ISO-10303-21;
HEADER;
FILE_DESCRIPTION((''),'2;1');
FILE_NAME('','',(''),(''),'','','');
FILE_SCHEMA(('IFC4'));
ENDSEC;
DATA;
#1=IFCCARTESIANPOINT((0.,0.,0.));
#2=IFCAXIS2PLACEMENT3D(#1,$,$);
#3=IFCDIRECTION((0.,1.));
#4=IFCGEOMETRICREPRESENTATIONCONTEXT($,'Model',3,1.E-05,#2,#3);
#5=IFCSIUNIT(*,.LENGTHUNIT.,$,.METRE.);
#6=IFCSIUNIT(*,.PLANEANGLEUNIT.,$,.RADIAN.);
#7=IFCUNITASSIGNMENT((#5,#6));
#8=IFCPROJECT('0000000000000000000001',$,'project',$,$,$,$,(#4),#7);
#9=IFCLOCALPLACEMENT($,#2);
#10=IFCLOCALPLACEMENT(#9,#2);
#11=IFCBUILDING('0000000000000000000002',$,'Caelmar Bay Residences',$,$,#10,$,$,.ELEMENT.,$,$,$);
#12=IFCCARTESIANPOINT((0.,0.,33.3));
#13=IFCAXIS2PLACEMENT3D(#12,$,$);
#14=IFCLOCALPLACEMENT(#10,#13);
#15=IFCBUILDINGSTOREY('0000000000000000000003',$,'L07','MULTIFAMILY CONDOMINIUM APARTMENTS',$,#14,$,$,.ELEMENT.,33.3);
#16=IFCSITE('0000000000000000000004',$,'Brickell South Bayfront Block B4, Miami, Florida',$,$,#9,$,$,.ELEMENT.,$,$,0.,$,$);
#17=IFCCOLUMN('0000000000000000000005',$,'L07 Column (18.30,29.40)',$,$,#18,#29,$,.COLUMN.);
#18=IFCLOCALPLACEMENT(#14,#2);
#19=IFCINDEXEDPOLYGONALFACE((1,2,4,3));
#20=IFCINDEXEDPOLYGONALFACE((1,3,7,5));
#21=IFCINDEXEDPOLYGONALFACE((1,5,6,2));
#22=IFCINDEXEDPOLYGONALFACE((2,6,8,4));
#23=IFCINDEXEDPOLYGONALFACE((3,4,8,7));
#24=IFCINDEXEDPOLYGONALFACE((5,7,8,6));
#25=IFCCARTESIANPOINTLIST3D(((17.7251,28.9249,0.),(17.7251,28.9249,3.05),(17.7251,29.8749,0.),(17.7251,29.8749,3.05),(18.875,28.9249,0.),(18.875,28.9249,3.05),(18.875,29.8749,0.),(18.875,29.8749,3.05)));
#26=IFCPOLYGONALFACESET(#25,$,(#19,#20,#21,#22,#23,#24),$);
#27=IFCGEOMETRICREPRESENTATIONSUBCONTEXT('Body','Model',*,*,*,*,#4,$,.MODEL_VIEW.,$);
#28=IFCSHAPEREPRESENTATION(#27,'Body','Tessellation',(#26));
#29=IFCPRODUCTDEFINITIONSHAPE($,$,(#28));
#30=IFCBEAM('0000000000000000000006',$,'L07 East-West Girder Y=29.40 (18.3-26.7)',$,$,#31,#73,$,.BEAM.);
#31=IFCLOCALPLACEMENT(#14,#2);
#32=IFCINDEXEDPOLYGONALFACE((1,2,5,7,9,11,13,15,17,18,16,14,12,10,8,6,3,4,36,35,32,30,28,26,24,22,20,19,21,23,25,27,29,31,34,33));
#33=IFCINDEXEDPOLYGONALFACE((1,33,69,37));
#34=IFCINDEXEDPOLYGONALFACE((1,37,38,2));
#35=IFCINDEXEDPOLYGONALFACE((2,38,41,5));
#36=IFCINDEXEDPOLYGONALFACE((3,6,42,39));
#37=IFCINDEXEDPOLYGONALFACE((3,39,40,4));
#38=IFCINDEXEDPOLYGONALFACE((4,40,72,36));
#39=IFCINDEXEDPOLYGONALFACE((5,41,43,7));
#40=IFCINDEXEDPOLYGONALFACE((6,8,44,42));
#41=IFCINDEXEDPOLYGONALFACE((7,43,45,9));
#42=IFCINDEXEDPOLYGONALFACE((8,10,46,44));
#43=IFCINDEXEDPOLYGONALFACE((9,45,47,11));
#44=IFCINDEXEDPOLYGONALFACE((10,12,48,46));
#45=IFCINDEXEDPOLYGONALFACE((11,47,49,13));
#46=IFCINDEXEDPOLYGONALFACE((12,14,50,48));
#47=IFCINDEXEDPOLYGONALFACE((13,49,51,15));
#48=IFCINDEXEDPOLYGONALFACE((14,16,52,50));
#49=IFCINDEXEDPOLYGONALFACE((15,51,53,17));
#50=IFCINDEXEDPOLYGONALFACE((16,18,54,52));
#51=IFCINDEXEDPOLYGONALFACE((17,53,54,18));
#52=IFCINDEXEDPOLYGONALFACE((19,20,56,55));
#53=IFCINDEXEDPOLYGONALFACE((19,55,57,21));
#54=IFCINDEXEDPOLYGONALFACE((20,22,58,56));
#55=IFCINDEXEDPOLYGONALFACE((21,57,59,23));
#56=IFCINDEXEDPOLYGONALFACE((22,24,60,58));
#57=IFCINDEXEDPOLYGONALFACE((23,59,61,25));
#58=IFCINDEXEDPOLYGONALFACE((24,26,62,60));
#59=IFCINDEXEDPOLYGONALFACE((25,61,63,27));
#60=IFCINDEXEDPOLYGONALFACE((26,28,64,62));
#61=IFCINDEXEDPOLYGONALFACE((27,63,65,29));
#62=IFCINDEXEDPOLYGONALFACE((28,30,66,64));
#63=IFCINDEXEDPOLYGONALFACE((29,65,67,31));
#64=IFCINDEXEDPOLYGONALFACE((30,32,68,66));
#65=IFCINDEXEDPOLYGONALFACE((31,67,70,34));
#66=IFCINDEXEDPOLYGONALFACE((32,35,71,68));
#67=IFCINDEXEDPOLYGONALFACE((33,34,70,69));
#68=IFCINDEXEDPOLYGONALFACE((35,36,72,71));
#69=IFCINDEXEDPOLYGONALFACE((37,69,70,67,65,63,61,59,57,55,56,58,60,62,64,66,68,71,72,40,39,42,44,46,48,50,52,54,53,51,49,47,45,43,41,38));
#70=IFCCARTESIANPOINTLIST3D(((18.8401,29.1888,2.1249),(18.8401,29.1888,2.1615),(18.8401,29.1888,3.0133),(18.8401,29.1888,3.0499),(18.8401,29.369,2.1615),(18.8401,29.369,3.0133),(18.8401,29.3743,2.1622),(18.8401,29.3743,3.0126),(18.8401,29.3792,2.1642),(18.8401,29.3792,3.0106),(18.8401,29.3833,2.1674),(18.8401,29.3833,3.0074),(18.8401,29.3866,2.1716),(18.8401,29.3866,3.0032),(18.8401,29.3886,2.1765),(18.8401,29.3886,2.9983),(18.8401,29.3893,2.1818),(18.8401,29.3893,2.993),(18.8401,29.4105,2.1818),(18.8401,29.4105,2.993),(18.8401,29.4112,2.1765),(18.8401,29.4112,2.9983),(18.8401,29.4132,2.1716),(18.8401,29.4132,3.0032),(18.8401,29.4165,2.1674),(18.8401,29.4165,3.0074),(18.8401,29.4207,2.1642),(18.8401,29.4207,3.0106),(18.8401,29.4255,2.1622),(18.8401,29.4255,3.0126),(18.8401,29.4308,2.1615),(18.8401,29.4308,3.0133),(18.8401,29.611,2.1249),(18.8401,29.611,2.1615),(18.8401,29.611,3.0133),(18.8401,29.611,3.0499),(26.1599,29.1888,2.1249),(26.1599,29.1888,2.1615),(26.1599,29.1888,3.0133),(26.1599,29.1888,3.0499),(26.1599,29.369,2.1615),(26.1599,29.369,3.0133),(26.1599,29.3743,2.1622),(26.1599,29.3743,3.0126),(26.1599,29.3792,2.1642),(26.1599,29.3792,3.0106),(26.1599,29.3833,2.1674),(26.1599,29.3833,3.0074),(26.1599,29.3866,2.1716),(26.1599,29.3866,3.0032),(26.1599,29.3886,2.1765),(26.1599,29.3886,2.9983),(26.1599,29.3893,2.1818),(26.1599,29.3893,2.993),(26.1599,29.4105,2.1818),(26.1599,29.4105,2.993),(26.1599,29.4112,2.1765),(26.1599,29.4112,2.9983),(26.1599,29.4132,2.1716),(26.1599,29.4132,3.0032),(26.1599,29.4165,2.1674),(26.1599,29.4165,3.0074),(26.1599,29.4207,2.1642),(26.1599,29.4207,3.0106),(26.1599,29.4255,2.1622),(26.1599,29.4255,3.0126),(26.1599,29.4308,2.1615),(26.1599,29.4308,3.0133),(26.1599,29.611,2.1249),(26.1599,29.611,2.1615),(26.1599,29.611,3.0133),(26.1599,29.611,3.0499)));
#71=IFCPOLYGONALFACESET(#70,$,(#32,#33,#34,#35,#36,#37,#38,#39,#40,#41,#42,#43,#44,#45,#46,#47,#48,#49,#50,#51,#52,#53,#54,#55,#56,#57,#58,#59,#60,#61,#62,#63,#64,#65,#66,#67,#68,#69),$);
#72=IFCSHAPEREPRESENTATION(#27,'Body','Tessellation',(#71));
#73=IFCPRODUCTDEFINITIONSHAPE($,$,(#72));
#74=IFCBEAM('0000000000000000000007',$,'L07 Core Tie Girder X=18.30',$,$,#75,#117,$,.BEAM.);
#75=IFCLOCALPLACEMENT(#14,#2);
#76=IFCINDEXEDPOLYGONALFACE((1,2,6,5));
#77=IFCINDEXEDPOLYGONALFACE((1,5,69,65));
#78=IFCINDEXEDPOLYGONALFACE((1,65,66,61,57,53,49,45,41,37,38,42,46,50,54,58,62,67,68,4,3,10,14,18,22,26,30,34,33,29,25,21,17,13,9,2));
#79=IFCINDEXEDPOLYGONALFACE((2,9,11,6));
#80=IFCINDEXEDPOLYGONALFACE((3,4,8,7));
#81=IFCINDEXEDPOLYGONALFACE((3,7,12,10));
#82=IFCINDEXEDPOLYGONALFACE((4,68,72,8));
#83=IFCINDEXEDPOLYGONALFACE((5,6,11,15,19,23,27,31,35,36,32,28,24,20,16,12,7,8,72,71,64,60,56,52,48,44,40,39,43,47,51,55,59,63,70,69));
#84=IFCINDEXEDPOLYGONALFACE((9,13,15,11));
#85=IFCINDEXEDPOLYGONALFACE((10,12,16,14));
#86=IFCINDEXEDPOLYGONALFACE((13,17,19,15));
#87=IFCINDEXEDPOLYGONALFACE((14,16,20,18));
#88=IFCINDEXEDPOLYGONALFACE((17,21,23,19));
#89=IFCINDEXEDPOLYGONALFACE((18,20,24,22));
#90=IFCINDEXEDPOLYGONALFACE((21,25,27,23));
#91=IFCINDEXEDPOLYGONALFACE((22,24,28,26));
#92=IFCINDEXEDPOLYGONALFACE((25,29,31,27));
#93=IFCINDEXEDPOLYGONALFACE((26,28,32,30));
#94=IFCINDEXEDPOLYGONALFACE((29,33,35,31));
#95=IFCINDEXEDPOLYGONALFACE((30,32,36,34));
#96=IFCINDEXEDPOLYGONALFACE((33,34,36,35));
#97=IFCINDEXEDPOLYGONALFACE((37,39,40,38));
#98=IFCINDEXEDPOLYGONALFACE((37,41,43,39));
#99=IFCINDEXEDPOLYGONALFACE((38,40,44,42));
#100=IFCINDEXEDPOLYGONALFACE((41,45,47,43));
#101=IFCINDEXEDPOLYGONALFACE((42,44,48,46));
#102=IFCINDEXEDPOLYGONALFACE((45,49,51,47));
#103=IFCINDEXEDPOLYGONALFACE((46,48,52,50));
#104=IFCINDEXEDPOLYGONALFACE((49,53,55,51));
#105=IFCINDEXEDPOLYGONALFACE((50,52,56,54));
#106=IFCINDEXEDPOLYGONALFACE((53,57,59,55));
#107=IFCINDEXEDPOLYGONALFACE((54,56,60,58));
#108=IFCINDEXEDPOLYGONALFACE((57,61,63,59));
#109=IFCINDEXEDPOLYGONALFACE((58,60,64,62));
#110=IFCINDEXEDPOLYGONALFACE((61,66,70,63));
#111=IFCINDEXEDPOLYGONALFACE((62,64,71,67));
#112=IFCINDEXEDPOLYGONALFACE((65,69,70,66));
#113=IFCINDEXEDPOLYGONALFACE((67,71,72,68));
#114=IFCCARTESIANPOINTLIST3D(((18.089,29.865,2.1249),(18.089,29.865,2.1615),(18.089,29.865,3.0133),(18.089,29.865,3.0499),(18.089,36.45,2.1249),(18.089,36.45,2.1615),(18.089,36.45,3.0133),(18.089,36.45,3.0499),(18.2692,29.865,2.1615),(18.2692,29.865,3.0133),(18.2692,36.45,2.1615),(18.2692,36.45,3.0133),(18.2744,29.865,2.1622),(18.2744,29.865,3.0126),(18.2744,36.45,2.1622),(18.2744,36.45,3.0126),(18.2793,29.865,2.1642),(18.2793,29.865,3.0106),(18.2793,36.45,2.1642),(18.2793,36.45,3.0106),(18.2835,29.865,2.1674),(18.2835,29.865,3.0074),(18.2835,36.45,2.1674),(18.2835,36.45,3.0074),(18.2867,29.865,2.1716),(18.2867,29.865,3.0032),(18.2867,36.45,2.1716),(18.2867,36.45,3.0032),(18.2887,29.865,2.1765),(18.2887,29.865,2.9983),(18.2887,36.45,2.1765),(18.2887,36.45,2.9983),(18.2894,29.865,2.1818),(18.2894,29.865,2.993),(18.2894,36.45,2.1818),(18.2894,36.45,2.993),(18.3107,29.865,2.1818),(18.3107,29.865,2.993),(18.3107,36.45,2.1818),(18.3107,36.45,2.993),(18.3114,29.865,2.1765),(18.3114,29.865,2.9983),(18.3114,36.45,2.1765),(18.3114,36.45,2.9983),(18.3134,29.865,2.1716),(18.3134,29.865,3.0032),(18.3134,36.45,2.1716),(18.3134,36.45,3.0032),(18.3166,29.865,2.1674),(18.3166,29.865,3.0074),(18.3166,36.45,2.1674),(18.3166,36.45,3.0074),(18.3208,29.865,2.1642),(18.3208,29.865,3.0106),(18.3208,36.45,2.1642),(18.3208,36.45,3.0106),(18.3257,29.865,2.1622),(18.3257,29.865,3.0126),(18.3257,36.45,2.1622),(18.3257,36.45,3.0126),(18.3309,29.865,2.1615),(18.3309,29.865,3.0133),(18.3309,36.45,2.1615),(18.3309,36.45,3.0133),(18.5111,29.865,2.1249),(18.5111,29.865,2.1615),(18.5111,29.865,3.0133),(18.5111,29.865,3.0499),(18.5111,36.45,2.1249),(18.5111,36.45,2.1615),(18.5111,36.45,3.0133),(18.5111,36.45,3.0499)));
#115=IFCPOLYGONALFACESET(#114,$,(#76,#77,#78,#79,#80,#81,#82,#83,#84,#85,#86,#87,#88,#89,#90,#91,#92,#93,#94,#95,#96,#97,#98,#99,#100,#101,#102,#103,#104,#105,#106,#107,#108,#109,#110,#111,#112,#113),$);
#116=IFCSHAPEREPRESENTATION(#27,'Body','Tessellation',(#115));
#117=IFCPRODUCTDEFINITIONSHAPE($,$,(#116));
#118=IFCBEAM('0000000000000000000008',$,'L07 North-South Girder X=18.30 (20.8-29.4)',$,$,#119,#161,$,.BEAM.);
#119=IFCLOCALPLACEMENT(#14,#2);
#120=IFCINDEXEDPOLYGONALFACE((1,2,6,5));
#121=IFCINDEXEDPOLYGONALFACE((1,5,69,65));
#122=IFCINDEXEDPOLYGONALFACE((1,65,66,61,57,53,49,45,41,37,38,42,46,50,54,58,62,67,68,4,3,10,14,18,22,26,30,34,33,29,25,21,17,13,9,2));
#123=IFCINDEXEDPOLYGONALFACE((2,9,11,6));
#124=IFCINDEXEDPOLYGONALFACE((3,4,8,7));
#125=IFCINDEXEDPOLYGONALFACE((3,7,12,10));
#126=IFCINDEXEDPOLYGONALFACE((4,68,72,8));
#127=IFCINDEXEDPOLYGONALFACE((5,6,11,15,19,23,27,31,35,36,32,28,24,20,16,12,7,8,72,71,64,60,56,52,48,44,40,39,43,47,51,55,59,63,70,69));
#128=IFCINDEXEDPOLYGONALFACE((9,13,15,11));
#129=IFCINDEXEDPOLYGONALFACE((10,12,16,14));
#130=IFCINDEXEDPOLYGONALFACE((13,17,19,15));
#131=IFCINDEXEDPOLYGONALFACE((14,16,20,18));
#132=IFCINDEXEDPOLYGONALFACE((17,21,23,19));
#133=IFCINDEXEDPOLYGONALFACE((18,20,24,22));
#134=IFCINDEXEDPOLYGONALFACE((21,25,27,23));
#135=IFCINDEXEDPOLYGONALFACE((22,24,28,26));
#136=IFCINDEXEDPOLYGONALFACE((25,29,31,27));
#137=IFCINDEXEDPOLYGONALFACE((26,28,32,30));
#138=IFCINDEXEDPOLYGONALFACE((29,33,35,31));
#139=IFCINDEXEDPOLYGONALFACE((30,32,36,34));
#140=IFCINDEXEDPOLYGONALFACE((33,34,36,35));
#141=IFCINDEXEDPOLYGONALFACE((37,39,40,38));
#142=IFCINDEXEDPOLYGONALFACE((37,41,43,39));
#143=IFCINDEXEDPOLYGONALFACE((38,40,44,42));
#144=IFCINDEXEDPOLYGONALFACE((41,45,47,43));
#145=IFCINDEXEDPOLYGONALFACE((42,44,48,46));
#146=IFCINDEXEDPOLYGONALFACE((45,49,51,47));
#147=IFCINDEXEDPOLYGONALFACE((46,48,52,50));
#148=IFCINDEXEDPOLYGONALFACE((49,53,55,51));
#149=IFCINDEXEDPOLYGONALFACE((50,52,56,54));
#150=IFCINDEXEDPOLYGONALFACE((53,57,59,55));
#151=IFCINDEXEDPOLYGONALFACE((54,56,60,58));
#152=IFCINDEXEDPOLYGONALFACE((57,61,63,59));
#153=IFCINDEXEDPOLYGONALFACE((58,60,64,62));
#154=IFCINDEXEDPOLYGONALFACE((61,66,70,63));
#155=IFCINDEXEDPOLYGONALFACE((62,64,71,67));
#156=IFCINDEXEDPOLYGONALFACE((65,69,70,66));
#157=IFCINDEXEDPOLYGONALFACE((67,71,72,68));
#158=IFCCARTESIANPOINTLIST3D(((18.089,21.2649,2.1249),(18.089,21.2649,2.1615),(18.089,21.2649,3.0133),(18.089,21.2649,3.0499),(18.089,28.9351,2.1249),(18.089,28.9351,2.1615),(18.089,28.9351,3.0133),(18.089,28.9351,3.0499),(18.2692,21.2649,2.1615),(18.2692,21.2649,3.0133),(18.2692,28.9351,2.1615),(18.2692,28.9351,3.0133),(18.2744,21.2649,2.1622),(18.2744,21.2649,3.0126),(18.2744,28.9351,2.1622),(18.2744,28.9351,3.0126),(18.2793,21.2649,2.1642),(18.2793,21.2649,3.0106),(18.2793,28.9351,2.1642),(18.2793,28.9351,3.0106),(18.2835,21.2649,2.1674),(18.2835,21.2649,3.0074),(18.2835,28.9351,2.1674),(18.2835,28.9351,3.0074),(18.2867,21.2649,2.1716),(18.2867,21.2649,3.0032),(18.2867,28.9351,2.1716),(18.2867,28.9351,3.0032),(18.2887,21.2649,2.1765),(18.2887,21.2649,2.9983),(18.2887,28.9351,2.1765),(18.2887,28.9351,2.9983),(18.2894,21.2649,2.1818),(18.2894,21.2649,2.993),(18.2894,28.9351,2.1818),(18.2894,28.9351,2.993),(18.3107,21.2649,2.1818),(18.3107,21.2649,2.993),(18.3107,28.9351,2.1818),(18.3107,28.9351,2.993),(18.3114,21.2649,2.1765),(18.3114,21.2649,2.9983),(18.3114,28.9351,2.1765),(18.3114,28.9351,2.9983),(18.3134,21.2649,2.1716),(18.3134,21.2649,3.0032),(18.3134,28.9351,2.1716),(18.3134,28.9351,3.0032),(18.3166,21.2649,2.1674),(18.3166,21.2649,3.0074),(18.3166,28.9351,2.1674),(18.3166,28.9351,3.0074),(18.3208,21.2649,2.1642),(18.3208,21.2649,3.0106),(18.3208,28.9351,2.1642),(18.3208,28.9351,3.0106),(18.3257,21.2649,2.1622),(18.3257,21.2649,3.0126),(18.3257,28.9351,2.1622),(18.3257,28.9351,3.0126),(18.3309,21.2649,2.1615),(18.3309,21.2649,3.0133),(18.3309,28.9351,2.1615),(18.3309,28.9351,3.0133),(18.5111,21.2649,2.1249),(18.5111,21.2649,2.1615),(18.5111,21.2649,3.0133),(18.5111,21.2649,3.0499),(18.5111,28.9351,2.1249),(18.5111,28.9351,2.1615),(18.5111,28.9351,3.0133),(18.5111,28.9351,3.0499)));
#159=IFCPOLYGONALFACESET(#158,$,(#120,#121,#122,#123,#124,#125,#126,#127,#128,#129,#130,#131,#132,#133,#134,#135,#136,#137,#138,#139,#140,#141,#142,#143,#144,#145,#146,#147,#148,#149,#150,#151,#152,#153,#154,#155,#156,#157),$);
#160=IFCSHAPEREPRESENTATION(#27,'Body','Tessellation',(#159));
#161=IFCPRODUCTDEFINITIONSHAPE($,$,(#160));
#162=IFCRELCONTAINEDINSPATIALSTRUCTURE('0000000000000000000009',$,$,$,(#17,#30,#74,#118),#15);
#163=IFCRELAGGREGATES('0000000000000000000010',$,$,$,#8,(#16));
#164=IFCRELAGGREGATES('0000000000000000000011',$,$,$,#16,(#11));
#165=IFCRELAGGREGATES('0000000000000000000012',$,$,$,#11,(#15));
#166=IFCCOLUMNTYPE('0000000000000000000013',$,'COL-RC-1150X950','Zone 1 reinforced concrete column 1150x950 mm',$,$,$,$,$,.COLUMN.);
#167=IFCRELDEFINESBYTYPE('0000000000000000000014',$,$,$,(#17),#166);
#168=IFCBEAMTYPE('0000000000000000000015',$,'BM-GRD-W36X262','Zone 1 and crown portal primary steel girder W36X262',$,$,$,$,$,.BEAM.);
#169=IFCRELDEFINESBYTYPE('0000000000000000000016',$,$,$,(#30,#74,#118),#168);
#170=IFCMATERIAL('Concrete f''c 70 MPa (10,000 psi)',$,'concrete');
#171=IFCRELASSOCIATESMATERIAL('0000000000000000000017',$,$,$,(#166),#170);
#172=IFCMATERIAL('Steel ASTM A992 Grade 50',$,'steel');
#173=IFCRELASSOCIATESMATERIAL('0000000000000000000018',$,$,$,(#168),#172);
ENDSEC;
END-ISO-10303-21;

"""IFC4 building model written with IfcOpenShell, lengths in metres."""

from ifc_helpers import new_model, si_unit, direction, frame, origin, origin_2d, place, context, subcontext, project, spatial, rectangle, i_section, extrude, material, material_profile, profile_set, type_object, element, save


model = new_model("IFC4")

# Units and contexts
model_context = context("Model", 3, precision=1e-05, world=origin(), true_north=direction((0.0, 1.0)))
body_context = subcontext(model_context, "Body", "Model", "MODEL_VIEW")
ifc_project = project(units=[si_unit("LENGTHUNIT", "METRE"), si_unit("PLANEANGLEUNIT", "RADIAN")], contexts=[model_context])

# Site, building, storey
site_placement = place(None, origin())
site = spatial("IfcSite", under=ifc_project, at=site_placement, Name="Brickell South Bayfront Block B4, Miami, Florida", CompositionType="ELEMENT", RefElevation=0.0)
building_placement = place(site_placement, origin())
building = spatial("IfcBuilding", under=site, at=building_placement, Name="Caelmar Bay Residences", CompositionType="ELEMENT")
storey_placement = place(building_placement, frame((0.0, 0.0, 33.3)))
storey = spatial("IfcBuildingStorey", under=building, at=storey_placement, Name="L07", Description="MULTIFAMILY CONDOMINIUM APARTMENTS", CompositionType="ELEMENT", Elevation=33.3)

# Column
ifc_material_1 = material(Name="Concrete f'c 70 MPa (10,000 psi)", Category="concrete")
ifc_material_profile_1 = material_profile(ifc_material_1, rectangle(XDim=1.1499, YDim=0.95, at=origin_2d()), Name="RC-COL-1150X950")
ifc_profile_set_1 = profile_set([ifc_material_profile_1], Name="Concrete f'c 70 MPa (10,000 psi)")
column_type = type_object("IfcColumnType", Name="COL-RC-1150X950", Description="Zone 1 reinforced concrete column 1150x950 mm", PredefinedType="COLUMN", material=ifc_profile_set_1)
column_placement = place(storey_placement, frame((18.3, 29.3999, 0.0), z_axis=(0.0, 0.0, 1.0), x_axis=(1.0, 0.0, 0.0)))
element("IfcColumn", 1, at=column_placement, inside=storey, type_object=column_type, Name="L07 Column (18.30,29.40)", PredefinedType="COLUMN", context=body_context, shape_type="SweptSolid", body=[
    extrude(rectangle(XDim=1.1499, YDim=0.95, at=origin_2d()), origin(), (0.0, 0.0, 1.0), 3.05),
])

# Beams
ifc_material_2 = material(Name="Steel ASTM A992 Grade 50", Category="steel")
ifc_material_profile_2 = material_profile(ifc_material_2, i_section(OverallWidth=0.4221, OverallDepth=0.925, WebThickness=0.0212, FlangeThickness=0.0366, FilletRadius=0.0203, at=origin_2d()), Name="W36X262")
ifc_profile_set_2 = profile_set([ifc_material_profile_2], Name="Steel ASTM A992 Grade 50")
beam_type_1 = type_object("IfcBeamType", Name="BM-GRD-W36X262", Description="Zone 1 and crown portal primary steel girder W36X262", PredefinedType="BEAM", material=ifc_profile_set_2)
beam_1_placement = place(storey_placement, frame((18.8401, 29.3999, 2.5874), z_axis=(1.0, 0.0, 0.0), x_axis=(0.0, 1.0, 0.0)))
element("IfcBeam", 2, at=beam_1_placement, inside=storey, type_object=beam_type_1, Name="L07 East-West Girder Y=29.40 (18.3-26.7)", PredefinedType="BEAM", context=body_context, shape_type="SweptSolid", body=[
    extrude(i_section(OverallWidth=0.4221, OverallDepth=0.925, WebThickness=0.0212, FlangeThickness=0.0366, FilletRadius=0.0203, at=origin_2d()), origin(), (0.0, 0.0, 1.0), 7.3198),
])
beam_2_placement = place(storey_placement, frame((18.3, 29.865, 2.5874), z_axis=(0.0, 1.0, 0.0), x_axis=(-1.0, 0.0, 0.0)))
element("IfcBeam", 3, at=beam_2_placement, inside=storey, type_object=beam_type_1, Name="L07 Core Tie Girder X=18.30", PredefinedType="BEAM", context=body_context, shape_type="SweptSolid", body=[
    extrude(i_section(OverallWidth=0.4221, OverallDepth=0.925, WebThickness=0.0212, FlangeThickness=0.0366, FilletRadius=0.0203, at=origin_2d()), origin(), (0.0, 0.0, 1.0), 6.585),
])
beam_3_placement = place(storey_placement, frame((18.3, 21.2649, 2.5874), z_axis=(0.0, 1.0, 0.0), x_axis=(-1.0, 0.0, 0.0)))
element("IfcBeam", 4, at=beam_3_placement, inside=storey, type_object=beam_type_1, Name="L07 North-South Girder X=18.30 (20.8-29.4)", PredefinedType="BEAM", context=body_context, shape_type="SweptSolid", body=[
    extrude(i_section(OverallWidth=0.4221, OverallDepth=0.925, WebThickness=0.0212, FlangeThickness=0.0366, FilletRadius=0.0203, at=origin_2d()), origin(), (0.0, 0.0, 1.0), 7.6702),
])

save(model, "model.ifc")
